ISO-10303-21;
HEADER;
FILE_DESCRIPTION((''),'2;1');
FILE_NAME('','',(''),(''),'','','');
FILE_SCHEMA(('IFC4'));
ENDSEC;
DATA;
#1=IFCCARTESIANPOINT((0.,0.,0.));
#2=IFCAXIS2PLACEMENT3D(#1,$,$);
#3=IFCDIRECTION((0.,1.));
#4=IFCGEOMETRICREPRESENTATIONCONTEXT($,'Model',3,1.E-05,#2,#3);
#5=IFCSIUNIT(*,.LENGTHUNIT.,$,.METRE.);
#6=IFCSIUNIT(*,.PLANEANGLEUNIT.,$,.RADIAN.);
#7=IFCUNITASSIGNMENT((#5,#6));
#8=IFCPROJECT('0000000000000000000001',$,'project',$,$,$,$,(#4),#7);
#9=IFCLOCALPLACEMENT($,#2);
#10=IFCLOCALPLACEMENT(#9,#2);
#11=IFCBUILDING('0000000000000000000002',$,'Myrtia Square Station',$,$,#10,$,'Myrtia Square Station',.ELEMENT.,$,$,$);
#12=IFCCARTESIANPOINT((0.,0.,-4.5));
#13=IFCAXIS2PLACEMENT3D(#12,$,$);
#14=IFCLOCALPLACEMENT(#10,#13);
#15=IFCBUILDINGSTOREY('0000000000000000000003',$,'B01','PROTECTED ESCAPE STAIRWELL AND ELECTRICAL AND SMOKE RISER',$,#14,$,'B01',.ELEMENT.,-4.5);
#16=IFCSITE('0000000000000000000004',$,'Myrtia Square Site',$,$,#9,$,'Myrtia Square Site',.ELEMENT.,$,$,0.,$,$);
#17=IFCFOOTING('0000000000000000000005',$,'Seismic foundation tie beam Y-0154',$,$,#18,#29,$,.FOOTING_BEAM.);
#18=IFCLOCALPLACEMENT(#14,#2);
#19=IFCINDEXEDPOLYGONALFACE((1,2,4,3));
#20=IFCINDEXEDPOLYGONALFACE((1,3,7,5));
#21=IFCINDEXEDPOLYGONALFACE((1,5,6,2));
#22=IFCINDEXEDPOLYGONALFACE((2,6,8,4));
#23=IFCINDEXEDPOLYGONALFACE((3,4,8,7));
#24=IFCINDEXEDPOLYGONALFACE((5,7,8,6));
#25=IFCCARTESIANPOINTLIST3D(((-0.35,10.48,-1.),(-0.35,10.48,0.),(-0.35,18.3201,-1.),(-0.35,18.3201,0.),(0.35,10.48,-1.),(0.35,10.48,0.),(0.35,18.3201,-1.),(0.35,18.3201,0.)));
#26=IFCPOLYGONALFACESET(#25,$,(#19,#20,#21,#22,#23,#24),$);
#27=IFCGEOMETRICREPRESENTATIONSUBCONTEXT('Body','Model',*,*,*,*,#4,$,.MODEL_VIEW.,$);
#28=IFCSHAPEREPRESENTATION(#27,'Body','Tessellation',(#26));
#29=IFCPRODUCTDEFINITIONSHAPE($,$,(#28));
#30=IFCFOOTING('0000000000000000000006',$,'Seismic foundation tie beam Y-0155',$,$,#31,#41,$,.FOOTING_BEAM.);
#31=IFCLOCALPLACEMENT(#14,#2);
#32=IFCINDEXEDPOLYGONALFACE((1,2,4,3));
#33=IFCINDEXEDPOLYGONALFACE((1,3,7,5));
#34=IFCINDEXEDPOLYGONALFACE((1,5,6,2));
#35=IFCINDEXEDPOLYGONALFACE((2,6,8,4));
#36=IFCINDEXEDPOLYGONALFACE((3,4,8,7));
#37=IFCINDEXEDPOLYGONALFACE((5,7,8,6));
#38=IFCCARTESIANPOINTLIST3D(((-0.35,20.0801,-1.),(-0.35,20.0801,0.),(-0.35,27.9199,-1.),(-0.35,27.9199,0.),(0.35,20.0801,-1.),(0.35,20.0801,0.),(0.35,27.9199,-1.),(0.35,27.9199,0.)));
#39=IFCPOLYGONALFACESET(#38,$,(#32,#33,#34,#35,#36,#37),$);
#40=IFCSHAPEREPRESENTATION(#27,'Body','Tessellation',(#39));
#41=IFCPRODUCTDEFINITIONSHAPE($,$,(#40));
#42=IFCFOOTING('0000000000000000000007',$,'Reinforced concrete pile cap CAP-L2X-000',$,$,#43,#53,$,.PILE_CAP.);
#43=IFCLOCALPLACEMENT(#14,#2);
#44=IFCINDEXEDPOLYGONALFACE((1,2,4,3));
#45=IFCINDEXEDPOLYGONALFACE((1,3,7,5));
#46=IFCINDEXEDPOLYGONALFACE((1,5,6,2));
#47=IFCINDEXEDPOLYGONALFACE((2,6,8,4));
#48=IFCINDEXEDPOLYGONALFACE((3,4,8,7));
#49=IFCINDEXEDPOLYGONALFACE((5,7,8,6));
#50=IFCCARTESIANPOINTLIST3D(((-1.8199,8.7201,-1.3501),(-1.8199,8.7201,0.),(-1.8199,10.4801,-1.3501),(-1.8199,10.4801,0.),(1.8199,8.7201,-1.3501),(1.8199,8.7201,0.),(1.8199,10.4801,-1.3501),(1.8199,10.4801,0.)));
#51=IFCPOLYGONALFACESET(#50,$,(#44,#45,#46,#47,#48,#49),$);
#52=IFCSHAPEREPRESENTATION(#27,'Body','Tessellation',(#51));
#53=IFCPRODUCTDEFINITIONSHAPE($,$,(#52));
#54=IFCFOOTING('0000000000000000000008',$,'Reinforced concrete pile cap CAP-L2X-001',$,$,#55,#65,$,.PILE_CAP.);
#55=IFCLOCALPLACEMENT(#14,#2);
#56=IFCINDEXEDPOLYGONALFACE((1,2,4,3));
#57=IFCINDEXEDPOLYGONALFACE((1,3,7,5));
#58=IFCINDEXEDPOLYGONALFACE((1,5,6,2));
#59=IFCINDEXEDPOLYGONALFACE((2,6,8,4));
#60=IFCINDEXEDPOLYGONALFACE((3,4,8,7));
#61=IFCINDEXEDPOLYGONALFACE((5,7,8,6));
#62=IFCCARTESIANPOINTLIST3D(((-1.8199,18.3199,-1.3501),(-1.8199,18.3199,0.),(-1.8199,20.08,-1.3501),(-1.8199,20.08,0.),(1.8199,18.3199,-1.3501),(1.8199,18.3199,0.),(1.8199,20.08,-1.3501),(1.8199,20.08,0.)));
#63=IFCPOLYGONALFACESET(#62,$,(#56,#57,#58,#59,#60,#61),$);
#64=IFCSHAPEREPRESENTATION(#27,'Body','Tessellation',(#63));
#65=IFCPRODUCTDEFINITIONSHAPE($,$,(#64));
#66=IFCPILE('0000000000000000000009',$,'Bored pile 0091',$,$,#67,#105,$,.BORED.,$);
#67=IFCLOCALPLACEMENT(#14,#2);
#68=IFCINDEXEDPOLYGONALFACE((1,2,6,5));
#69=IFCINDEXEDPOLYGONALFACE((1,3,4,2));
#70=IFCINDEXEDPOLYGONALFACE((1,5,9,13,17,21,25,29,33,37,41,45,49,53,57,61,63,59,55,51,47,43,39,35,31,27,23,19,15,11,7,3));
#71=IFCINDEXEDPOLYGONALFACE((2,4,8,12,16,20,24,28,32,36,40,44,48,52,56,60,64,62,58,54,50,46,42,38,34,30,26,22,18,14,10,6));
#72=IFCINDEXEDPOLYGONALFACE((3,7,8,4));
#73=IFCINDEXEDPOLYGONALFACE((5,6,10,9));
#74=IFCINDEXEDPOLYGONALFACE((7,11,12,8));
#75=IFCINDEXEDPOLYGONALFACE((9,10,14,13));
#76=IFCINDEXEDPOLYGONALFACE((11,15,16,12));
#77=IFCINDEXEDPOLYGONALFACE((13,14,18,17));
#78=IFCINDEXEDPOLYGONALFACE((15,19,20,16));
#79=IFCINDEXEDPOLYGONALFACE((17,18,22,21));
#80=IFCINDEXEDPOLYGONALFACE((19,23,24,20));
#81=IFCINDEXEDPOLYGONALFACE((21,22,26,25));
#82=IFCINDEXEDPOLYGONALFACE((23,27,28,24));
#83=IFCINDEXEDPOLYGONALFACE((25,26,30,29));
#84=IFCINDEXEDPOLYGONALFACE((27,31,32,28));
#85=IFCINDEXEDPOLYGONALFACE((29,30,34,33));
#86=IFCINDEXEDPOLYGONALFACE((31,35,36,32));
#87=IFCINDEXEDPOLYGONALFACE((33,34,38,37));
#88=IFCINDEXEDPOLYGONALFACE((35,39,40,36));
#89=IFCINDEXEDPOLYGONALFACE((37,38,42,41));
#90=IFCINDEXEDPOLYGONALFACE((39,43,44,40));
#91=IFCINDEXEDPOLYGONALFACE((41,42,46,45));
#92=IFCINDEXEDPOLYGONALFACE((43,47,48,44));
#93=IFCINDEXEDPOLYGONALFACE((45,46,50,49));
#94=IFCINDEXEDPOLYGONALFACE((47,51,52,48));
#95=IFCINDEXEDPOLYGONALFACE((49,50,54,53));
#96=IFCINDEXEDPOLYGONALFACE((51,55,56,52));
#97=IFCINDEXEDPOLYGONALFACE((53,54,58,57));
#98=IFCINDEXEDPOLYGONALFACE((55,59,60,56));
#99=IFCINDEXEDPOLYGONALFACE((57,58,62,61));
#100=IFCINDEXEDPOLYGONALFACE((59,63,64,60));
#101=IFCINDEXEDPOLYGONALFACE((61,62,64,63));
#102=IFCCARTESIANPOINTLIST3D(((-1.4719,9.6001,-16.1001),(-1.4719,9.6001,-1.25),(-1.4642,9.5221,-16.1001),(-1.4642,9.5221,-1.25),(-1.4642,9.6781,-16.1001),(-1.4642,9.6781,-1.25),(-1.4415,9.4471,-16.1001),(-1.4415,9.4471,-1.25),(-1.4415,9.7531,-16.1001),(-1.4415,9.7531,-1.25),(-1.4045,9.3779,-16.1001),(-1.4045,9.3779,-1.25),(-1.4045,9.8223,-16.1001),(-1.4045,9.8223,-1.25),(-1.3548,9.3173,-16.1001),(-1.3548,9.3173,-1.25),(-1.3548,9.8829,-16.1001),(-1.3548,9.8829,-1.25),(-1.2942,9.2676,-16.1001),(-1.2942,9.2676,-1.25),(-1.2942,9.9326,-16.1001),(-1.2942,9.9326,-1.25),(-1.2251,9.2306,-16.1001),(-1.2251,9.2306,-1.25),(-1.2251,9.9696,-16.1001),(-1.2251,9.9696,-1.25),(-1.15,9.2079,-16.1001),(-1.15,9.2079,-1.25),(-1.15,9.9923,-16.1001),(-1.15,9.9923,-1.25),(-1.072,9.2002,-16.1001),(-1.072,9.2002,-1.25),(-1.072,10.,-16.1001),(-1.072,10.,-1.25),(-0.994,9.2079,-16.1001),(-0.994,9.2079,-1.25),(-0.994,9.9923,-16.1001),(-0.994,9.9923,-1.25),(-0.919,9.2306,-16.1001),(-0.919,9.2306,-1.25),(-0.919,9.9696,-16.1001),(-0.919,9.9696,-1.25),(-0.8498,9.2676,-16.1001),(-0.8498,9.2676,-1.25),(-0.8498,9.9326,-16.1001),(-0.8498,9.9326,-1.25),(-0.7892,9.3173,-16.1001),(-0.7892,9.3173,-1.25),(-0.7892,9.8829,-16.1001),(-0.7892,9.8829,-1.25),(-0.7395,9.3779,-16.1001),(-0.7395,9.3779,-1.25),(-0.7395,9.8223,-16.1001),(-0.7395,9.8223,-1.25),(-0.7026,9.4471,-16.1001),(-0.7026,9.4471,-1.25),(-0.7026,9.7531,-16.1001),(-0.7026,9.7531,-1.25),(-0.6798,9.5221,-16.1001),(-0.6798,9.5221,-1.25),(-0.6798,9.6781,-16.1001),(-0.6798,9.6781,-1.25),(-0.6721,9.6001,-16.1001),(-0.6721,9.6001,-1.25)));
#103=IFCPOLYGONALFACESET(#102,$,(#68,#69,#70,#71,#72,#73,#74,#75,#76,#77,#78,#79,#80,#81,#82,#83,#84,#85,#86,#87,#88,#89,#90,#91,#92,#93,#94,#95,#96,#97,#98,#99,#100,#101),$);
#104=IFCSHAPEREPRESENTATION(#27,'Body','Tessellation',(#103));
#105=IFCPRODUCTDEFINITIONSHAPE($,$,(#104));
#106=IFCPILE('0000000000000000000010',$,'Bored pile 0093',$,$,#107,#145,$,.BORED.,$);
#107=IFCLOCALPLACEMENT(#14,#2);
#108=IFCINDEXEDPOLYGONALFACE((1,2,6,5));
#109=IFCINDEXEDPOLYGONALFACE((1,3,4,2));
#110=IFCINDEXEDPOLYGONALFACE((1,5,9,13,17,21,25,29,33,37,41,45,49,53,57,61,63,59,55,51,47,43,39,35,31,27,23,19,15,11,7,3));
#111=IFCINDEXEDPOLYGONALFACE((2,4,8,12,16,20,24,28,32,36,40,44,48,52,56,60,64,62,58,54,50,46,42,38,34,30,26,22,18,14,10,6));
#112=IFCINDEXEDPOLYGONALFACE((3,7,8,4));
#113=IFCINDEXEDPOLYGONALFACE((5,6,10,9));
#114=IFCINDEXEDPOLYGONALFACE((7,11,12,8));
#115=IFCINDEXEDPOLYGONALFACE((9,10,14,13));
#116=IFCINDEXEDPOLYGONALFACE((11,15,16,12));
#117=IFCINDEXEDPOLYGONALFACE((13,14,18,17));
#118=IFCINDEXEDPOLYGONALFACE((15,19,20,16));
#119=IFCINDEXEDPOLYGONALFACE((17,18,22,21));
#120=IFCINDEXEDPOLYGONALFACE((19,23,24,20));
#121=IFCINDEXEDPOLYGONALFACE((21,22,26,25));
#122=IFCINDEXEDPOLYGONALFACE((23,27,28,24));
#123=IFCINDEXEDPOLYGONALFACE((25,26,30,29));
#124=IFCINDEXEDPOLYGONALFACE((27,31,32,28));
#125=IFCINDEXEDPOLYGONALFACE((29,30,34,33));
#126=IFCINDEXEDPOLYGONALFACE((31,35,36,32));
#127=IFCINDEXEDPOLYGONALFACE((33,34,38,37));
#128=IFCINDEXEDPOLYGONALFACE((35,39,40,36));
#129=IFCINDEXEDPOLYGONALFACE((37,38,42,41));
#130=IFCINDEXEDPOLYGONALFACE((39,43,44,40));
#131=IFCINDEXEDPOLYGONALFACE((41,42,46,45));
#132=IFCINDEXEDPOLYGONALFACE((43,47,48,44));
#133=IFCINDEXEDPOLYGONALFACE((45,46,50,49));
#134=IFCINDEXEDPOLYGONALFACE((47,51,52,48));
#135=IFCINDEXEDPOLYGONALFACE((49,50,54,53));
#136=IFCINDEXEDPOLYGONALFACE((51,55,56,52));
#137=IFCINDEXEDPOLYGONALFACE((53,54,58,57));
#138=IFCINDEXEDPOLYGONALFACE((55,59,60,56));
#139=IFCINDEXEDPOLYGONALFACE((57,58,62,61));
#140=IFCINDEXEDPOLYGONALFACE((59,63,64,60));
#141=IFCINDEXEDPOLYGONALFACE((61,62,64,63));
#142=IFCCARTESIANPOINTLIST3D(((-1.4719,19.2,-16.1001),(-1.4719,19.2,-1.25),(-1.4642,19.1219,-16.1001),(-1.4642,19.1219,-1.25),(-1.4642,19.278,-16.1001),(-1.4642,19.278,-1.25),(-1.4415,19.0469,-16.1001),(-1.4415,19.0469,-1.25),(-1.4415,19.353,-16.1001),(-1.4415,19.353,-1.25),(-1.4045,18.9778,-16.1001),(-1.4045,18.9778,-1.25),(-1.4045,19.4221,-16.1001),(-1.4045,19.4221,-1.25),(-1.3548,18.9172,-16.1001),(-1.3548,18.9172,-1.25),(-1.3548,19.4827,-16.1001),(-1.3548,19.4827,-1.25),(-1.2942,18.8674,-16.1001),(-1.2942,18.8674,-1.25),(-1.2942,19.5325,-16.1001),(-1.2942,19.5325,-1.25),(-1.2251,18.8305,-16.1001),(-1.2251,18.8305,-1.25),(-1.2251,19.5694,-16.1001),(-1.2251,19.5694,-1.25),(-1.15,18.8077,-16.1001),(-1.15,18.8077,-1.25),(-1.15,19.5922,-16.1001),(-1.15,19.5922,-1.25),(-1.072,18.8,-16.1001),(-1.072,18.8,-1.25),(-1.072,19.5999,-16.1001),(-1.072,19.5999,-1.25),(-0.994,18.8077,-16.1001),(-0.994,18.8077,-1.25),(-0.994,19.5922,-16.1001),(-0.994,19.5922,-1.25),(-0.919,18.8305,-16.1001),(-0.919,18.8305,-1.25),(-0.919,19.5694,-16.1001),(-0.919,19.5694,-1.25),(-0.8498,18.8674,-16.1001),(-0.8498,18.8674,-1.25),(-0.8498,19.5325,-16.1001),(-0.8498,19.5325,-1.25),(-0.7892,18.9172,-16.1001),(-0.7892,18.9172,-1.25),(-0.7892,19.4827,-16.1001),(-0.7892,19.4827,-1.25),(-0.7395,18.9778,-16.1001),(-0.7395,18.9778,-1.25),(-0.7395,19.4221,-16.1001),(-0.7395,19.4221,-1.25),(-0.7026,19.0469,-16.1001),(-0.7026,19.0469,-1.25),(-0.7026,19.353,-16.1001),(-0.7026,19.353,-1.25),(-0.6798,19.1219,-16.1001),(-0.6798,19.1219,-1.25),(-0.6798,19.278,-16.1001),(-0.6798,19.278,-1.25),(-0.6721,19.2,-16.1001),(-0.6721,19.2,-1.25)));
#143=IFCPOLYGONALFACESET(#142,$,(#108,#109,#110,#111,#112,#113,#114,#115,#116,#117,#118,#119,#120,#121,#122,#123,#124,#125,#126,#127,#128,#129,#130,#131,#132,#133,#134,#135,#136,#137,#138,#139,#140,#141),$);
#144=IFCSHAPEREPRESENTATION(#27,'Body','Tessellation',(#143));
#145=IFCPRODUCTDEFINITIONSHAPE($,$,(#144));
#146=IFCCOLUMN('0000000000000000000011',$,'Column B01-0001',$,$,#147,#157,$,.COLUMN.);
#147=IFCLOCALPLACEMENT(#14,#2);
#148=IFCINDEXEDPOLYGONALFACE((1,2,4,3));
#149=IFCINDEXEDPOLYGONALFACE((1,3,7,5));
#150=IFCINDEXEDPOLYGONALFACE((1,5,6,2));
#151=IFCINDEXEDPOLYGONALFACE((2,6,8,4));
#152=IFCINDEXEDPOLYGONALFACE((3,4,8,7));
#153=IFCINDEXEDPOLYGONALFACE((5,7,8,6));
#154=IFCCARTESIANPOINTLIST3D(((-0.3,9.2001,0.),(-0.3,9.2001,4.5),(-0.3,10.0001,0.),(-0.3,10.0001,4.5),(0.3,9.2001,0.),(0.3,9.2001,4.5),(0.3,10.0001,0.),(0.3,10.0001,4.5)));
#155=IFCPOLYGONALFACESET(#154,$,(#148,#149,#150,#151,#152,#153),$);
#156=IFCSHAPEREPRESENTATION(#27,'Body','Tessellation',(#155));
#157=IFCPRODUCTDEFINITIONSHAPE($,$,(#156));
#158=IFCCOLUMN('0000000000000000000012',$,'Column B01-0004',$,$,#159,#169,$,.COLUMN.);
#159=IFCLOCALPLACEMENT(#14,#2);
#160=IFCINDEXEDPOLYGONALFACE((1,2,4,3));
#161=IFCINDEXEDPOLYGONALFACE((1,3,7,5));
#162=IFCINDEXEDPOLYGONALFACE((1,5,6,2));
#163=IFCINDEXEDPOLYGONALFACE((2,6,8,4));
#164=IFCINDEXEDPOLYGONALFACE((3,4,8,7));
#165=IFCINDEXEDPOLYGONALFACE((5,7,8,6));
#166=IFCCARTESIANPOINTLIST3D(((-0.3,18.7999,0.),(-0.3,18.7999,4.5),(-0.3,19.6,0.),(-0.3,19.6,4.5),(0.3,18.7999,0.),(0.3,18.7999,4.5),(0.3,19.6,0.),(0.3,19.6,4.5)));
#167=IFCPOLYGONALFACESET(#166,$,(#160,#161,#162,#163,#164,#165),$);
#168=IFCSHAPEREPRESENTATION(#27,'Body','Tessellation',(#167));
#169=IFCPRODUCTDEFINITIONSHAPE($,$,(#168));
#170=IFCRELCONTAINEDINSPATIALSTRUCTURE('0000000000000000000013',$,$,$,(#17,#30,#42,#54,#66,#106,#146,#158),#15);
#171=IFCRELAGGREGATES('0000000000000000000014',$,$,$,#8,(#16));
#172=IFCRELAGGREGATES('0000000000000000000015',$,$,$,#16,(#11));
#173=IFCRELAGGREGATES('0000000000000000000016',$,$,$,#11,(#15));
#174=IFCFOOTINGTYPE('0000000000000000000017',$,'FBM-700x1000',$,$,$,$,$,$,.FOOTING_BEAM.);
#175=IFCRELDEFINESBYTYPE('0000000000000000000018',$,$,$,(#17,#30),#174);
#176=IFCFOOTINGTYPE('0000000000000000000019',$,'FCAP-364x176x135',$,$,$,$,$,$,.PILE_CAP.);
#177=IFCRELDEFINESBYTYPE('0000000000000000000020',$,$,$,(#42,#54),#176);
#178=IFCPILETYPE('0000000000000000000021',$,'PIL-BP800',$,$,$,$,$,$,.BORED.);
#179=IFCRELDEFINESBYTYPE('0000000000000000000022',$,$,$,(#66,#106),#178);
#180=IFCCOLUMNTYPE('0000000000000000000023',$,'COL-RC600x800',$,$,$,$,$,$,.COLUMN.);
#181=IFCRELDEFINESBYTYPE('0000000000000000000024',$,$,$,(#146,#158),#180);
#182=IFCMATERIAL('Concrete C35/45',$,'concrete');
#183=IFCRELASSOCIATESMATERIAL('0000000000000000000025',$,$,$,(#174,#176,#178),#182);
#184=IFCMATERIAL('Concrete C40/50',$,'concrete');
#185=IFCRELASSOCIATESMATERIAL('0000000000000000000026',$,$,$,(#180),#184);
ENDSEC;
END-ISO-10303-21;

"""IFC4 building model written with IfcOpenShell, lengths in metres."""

from ifc_helpers import new_model, si_unit, direction, frame, origin, origin_2d, place, context, subcontext, project, spatial, rectangle, circle, extrude, material, material_profile, profile_set, type_object, element, save


model = new_model("IFC4")

# Units and contexts
model_context = context("Model", 3, precision=1e-05, world=origin(), true_north=direction((0.0, 1.0)))
body_context = subcontext(model_context, "Body", "Model", "MODEL_VIEW")
ifc_project = project(units=[si_unit("LENGTHUNIT", "METRE"), si_unit("PLANEANGLEUNIT", "RADIAN")], contexts=[model_context])

# Site, building, storey
site_placement = place(None, origin())
site = spatial("IfcSite", under=ifc_project, at=site_placement, Name="Myrtia Square Site", LongName="Myrtia Square Site", CompositionType="ELEMENT", RefElevation=0.0)
building_placement = place(site_placement, origin())
building = spatial("IfcBuilding", under=site, at=building_placement, Name="Myrtia Square Station", LongName="Myrtia Square Station", CompositionType="ELEMENT")
storey_placement = place(building_placement, frame((0.0, 0.0, -4.5)))
storey = spatial("IfcBuildingStorey", under=building, at=storey_placement, Name="B01", Description="PROTECTED ESCAPE STAIRWELL AND ELECTRICAL AND SMOKE RISER", LongName="B01", CompositionType="ELEMENT", Elevation=-4.5)

# Footings
ifc_material_1 = material(Name="Concrete C35/45", Category="concrete")
ifc_material_profile_1 = material_profile(ifc_material_1, rectangle(XDim=0.7, YDim=1.0, at=origin_2d()), Name="FB 700x1000")
ifc_profile_set_1 = profile_set([ifc_material_profile_1], Name="Concrete C35/45")
footing_type_1 = type_object("IfcFootingType", Name="FBM-700x1000", PredefinedType="FOOTING_BEAM", material=ifc_profile_set_1)
footing_1_placement = place(storey_placement, frame((0.0, 10.48, -0.5), z_axis=(0.0, 1.0, 0.0), x_axis=(-1.0, 0.0, 0.0)))
element("IfcFooting", 1, at=footing_1_placement, inside=storey, type_object=footing_type_1, Name="Seismic foundation tie beam Y-0154", PredefinedType="FOOTING_BEAM", context=body_context, shape_type="SweptSolid", body=[
    extrude(rectangle(XDim=0.7, YDim=1.0, at=origin_2d()), origin(), (0.0, 0.0, 1.0), 7.8401),
])
footing_2_placement = place(storey_placement, frame((0.0, 20.0801, -0.5), z_axis=(0.0, 1.0, 0.0), x_axis=(-1.0, 0.0, 0.0)))
element("IfcFooting", 2, at=footing_2_placement, inside=storey, type_object=footing_type_1, Name="Seismic foundation tie beam Y-0155", PredefinedType="FOOTING_BEAM", context=body_context, shape_type="SweptSolid", body=[
    extrude(rectangle(XDim=0.7, YDim=1.0, at=origin_2d()), origin(), (0.0, 0.0, 1.0), 7.8398),
])
footing_type_2 = type_object("IfcFootingType", Name="FCAP-364x176x135", PredefinedType="PILE_CAP", material=ifc_material_1)
for number, where, z_axis, x_axis, name in (
    (3, (0.0, 9.6001, -1.3501), (0.0, 0.0, 1.0), (1.0, 0.0, 0.0), "Reinforced concrete pile cap CAP-L2X-000"),
    (4, (0.0, 19.2, -1.3501), (0.0, 0.0, 1.0), (1.0, 0.0, 0.0), "Reinforced concrete pile cap CAP-L2X-001"),
):
    element("IfcFooting", number, at=place(storey_placement, frame(where, z_axis=z_axis, x_axis=x_axis)), inside=storey, type_object=footing_type_2, Name=name, PredefinedType="PILE_CAP", context=body_context, shape_type="SweptSolid", body=[
        extrude(rectangle(XDim=3.6399, YDim=1.76, at=origin_2d()), origin(), (0.0, 0.0, 1.0), 1.3501),
    ])

# Piles
ifc_material_profile_2 = material_profile(ifc_material_1, circle(Radius=0.3999, at=origin_2d()), Name="BP D800")
ifc_profile_set_2 = profile_set([ifc_material_profile_2], Name="Concrete C35/45")
pile_type = type_object("IfcPileType", Name="PIL-BP800", PredefinedType="BORED", material=ifc_profile_set_2)
for number, where, z_axis, x_axis, name in (
    (5, (-1.072, 9.6001, -1.25), (0.0, 0.0, -1.0), (1.0, 0.0, 0.0), "Bored pile 0091"),
    (6, (-1.072, 19.2, -1.25), (0.0, 0.0, -1.0), (1.0, 0.0, 0.0), "Bored pile 0093"),
):
    element("IfcPile", number, at=place(storey_placement, frame(where, z_axis=z_axis, x_axis=x_axis)), inside=storey, type_object=pile_type, Name=name, PredefinedType="BORED", context=body_context, shape_type="SweptSolid", body=[
        extrude(circle(Radius=0.3999, at=origin_2d()), origin(), (0.0, 0.0, 1.0), 14.8501),
    ])

# Columns
ifc_material_2 = material(Name="Concrete C40/50", Category="concrete")
ifc_material_profile_3 = material_profile(ifc_material_2, rectangle(XDim=0.6001, YDim=0.8, at=origin_2d()), Name="RC 600x800")
ifc_profile_set_3 = profile_set([ifc_material_profile_3], Name="Concrete C40/50")
column_type = type_object("IfcColumnType", Name="COL-RC600x800", PredefinedType="COLUMN", material=ifc_profile_set_3)
for number, where, z_axis, x_axis, name in (
    (7, (0.0, 9.6001, 0.0), (0.0, 0.0, 1.0), (1.0, 0.0, 0.0), "Column B01-0001"),
    (8, (0.0, 19.2, 0.0), (0.0, 0.0, 1.0), (1.0, 0.0, 0.0), "Column B01-0004"),
):
    element("IfcColumn", number, at=place(storey_placement, frame(where, z_axis=z_axis, x_axis=x_axis)), inside=storey, type_object=column_type, Name=name, PredefinedType="COLUMN", context=body_context, shape_type="SweptSolid", body=[
        extrude(rectangle(XDim=0.6001, YDim=0.8, at=origin_2d()), origin(), (0.0, 0.0, 1.0), 4.5),
    ])

save(model, "model.ifc")
